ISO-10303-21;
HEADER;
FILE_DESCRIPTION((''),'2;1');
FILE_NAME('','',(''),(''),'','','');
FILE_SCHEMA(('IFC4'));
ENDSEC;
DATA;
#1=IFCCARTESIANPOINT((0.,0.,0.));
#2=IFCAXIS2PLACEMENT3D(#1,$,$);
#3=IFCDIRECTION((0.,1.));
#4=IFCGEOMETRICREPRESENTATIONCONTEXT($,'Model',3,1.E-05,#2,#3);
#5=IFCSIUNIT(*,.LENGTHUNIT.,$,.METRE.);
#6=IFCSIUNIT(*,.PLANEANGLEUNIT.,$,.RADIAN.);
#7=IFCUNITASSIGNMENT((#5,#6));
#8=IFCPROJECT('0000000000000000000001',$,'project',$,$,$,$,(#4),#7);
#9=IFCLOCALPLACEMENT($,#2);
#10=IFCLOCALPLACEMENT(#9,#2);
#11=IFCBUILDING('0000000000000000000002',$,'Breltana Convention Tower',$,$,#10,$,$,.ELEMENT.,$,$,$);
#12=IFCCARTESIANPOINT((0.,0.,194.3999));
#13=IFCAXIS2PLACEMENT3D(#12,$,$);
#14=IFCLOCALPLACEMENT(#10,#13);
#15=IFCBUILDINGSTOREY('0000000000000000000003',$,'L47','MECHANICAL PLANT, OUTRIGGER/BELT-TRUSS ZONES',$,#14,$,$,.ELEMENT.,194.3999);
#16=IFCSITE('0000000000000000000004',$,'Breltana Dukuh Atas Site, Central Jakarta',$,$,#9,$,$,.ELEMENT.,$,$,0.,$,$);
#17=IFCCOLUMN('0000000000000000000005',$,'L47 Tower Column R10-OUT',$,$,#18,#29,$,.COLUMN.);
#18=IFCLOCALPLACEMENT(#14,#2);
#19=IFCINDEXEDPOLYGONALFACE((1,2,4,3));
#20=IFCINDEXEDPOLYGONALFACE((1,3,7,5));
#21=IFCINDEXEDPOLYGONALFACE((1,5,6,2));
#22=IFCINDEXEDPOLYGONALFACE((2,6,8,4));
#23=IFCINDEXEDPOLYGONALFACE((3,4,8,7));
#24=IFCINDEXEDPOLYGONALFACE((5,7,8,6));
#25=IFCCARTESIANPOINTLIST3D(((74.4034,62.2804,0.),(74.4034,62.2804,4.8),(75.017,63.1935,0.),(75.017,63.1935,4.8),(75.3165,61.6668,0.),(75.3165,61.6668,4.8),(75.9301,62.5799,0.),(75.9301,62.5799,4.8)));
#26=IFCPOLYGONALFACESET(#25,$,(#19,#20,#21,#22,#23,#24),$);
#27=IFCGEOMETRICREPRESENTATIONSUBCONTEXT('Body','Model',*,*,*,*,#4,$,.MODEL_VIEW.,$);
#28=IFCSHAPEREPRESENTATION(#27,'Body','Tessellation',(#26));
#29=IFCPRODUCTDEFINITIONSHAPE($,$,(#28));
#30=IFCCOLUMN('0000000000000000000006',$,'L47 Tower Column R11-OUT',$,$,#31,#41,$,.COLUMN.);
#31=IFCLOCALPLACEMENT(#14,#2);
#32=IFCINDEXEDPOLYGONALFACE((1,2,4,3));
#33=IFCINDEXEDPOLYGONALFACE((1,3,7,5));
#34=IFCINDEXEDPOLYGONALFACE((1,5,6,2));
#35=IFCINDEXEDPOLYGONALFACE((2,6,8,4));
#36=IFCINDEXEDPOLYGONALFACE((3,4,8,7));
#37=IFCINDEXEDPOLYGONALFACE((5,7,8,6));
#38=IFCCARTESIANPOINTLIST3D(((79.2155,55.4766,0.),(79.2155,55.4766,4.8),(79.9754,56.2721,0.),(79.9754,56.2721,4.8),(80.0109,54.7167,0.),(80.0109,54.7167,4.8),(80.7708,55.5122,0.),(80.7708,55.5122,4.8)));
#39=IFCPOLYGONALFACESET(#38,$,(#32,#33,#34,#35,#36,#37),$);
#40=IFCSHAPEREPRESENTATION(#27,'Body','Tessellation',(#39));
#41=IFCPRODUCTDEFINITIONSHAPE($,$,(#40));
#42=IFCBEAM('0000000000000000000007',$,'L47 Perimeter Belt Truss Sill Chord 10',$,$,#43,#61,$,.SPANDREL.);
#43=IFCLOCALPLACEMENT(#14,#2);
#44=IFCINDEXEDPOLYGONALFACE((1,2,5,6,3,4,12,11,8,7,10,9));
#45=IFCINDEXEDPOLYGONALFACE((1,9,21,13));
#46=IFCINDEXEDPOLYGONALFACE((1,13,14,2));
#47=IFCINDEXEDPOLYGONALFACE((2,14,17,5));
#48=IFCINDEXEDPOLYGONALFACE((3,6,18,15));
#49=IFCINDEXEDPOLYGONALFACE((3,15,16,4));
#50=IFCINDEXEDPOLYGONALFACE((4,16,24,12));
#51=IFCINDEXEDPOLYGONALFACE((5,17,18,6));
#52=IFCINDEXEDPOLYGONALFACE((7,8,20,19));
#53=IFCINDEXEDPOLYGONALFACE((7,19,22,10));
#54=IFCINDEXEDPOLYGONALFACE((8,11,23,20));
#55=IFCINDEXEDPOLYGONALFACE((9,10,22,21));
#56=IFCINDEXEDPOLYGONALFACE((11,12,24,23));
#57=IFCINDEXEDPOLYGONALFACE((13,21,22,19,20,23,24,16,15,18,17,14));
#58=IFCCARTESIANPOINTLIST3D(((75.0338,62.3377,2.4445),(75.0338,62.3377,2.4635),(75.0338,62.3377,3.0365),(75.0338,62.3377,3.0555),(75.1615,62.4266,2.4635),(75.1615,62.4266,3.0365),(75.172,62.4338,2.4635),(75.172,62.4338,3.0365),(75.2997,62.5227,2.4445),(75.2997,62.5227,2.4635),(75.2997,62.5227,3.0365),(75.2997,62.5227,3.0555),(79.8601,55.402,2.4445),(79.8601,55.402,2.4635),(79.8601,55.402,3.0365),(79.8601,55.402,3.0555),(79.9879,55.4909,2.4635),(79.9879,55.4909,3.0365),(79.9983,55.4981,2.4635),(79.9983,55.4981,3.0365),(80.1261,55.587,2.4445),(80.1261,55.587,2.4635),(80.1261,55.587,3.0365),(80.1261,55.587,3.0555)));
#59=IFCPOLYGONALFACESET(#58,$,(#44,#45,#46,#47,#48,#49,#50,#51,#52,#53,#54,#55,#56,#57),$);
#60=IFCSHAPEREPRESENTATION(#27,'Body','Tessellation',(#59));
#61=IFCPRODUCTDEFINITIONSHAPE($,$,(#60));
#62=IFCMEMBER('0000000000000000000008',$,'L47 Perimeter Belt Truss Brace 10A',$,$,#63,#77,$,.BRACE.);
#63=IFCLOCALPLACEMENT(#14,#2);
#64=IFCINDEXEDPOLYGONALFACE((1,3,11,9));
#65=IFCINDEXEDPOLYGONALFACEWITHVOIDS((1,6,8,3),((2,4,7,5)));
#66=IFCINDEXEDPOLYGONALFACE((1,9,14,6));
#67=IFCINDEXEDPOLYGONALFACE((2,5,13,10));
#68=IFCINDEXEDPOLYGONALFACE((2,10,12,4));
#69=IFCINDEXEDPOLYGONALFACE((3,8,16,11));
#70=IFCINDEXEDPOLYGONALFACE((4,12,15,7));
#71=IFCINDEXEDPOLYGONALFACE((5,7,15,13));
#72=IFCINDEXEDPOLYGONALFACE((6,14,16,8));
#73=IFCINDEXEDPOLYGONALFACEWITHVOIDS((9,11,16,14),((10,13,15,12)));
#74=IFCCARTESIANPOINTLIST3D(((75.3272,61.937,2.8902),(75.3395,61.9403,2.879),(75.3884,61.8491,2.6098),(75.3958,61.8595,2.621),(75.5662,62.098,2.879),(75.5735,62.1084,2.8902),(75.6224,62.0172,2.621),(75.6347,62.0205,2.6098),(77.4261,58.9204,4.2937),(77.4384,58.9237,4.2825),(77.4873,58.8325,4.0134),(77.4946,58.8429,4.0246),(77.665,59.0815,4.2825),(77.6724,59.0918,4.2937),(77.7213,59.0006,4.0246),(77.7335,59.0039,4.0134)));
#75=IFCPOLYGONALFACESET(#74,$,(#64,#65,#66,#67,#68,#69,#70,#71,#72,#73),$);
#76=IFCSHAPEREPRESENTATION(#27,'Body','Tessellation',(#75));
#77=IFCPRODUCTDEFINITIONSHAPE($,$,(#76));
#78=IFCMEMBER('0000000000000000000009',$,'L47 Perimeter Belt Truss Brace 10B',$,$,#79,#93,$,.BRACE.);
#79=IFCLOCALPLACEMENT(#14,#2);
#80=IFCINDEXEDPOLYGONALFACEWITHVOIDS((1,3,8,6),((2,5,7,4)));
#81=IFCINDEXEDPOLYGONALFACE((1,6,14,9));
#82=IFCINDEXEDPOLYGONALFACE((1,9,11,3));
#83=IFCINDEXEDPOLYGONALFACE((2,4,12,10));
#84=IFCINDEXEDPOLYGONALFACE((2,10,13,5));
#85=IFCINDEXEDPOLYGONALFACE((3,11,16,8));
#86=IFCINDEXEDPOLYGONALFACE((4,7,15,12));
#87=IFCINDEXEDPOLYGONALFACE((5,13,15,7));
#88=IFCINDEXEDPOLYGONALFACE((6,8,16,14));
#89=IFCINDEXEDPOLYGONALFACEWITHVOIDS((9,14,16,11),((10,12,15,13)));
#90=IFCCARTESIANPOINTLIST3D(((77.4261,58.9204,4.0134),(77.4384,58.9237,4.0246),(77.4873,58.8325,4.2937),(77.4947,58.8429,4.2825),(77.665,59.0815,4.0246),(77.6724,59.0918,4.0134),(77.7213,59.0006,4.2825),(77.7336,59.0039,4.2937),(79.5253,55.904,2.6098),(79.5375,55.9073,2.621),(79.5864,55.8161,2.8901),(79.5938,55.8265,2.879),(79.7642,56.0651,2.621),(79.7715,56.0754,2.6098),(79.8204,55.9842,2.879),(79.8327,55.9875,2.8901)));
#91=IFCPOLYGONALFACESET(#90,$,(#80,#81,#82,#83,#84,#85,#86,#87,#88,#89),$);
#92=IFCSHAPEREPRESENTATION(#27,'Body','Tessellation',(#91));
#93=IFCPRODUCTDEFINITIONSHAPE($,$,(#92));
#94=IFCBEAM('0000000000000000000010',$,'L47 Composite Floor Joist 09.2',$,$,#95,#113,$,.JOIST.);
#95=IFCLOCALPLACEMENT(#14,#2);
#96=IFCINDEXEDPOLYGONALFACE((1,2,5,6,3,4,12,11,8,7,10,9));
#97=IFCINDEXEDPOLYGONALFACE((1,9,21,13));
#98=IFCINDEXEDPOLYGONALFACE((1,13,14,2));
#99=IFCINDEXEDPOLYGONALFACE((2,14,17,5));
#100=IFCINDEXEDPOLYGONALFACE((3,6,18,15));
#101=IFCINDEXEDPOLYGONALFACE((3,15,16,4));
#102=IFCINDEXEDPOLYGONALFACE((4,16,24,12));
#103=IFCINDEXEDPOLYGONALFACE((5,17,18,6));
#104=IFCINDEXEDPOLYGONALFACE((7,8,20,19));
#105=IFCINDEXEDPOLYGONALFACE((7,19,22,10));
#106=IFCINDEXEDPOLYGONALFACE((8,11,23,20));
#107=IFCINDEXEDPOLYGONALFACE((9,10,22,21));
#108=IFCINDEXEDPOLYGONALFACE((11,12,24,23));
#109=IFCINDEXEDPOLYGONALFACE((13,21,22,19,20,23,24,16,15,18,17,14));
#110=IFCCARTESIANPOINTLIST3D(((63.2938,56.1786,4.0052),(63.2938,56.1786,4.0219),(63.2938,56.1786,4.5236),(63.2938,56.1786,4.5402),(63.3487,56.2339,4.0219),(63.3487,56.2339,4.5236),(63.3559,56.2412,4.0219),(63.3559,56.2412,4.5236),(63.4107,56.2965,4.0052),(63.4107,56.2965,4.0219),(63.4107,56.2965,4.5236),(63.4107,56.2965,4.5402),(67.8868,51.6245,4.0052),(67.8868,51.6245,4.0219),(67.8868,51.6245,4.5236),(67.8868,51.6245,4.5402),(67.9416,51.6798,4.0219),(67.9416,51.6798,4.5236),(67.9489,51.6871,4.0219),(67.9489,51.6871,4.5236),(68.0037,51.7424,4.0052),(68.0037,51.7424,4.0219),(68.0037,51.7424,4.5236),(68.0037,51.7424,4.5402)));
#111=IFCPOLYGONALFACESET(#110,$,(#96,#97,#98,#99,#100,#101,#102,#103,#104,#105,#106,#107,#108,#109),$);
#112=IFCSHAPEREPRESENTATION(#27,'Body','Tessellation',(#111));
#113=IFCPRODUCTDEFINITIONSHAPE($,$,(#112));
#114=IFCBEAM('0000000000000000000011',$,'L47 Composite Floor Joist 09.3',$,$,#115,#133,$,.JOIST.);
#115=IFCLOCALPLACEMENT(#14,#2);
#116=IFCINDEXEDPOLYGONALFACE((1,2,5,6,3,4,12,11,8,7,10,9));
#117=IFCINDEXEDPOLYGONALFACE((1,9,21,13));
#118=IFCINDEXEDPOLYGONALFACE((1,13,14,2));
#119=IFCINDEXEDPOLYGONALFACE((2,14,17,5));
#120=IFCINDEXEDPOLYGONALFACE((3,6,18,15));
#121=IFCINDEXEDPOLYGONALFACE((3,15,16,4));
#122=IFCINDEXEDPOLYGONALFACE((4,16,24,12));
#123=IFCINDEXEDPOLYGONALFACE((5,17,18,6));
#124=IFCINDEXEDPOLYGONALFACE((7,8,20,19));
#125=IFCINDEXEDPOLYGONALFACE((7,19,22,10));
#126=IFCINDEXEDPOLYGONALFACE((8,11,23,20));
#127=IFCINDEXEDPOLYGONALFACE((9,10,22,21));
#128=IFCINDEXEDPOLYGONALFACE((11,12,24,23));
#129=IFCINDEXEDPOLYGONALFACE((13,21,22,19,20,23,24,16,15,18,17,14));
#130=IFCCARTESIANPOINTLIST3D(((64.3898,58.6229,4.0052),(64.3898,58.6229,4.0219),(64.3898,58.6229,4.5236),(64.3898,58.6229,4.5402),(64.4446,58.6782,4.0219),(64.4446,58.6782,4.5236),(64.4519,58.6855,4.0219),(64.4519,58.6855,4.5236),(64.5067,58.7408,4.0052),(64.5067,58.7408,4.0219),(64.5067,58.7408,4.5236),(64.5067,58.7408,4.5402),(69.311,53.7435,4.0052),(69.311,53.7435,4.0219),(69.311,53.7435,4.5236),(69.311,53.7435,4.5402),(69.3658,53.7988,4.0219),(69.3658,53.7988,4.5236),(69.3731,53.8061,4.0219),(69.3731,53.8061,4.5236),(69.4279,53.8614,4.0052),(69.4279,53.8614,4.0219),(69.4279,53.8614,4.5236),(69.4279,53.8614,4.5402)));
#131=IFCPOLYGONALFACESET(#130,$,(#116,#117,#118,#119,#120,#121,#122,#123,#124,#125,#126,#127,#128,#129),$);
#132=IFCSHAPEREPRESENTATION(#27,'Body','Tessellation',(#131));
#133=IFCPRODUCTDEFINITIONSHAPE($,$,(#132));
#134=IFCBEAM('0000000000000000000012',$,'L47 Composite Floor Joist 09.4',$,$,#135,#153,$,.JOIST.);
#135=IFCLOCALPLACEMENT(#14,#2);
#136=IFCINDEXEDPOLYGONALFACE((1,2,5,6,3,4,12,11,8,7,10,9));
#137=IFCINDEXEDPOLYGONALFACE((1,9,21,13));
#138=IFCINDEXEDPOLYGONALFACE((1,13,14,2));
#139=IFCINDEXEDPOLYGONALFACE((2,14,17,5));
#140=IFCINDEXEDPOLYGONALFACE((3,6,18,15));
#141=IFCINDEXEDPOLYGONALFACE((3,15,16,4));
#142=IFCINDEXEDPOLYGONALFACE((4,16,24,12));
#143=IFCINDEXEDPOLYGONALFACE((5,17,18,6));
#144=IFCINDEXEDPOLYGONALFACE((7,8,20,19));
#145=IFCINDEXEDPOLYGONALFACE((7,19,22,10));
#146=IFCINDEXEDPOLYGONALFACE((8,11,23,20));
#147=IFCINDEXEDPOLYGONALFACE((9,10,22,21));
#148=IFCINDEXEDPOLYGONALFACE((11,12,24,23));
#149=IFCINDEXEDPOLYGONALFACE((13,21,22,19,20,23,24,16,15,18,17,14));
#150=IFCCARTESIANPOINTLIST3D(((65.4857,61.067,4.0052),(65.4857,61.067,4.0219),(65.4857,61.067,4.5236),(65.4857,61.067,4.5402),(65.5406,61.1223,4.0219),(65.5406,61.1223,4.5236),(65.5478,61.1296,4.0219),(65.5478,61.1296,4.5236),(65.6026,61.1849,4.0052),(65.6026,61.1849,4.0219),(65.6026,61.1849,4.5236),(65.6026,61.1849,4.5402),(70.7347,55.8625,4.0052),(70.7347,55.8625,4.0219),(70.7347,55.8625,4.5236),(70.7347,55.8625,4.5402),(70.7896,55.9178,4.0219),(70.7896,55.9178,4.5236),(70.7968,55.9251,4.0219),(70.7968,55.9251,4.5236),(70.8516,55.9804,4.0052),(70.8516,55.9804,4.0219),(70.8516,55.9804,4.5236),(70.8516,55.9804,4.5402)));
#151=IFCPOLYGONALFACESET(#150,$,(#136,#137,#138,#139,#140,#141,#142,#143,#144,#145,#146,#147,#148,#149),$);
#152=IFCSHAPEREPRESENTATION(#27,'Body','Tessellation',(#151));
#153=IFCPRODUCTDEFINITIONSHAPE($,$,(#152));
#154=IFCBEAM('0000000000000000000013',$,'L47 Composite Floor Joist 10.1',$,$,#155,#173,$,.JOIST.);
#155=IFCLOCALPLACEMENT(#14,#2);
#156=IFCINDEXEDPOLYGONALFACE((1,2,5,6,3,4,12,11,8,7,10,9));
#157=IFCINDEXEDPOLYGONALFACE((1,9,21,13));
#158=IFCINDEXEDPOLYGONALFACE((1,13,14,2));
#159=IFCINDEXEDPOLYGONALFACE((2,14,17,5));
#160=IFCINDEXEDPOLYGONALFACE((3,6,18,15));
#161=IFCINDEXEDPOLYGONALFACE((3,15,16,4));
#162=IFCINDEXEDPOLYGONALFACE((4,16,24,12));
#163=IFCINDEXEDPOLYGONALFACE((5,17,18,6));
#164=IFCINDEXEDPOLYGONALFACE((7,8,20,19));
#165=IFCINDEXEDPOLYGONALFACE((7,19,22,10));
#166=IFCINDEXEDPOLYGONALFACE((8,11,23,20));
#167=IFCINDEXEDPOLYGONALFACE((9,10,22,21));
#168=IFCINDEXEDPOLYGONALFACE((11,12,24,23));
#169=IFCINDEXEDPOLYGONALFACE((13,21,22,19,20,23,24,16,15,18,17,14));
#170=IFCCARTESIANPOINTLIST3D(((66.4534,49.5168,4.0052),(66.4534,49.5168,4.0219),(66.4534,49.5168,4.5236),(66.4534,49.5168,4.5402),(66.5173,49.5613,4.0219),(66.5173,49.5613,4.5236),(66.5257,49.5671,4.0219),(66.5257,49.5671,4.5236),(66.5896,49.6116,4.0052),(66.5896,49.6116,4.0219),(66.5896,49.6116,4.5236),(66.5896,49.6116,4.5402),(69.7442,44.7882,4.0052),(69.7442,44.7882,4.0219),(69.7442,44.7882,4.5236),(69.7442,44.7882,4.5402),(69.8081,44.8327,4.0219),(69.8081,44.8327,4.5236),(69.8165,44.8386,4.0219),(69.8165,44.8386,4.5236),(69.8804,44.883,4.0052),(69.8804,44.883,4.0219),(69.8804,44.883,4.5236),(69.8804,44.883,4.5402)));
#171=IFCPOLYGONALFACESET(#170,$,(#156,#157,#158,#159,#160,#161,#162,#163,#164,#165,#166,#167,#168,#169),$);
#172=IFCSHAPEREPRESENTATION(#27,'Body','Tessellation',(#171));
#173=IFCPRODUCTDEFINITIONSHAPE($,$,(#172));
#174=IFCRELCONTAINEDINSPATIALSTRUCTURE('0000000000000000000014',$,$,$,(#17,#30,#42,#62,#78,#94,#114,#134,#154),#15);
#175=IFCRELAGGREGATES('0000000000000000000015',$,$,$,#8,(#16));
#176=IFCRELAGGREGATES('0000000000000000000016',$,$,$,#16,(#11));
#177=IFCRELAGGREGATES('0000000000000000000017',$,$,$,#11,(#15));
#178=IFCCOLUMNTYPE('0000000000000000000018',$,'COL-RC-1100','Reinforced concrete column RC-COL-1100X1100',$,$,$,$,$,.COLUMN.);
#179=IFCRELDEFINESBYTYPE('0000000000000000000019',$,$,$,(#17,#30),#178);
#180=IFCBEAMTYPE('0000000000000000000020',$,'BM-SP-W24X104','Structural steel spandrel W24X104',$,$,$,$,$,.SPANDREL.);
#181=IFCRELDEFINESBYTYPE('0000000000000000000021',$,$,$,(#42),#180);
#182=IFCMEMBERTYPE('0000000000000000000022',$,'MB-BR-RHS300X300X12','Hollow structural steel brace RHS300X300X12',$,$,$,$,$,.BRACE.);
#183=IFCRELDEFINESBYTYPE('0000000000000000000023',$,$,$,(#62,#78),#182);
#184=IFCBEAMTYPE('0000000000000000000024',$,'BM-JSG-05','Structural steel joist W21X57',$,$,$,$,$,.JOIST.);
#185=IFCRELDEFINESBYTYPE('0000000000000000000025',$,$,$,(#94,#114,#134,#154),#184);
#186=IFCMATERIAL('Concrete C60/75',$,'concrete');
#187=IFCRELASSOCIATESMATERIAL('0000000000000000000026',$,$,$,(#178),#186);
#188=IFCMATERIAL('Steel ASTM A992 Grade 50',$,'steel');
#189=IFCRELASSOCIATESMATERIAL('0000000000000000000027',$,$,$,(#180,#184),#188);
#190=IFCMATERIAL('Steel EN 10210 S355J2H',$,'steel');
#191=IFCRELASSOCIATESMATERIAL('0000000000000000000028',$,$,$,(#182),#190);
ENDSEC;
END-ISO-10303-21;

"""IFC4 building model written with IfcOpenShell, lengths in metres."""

from ifc_helpers import new_model, si_unit, direction, frame, origin, origin_2d, place, context, subcontext, project, spatial, rectangle, hollow_rectangle, i_section, extrude, source, transform, mapped, material, material_profile, profile_set, type_object, element, save


model = new_model("IFC4")

# Units and contexts
model_context = context("Model", 3, precision=1e-05, world=origin(), true_north=direction((0.0, 1.0)))
body_context = subcontext(model_context, "Body", "Model", "MODEL_VIEW")
ifc_project = project(units=[si_unit("LENGTHUNIT", "METRE"), si_unit("PLANEANGLEUNIT", "RADIAN")], contexts=[model_context])

# Site, building, storey
site_placement = place(None, origin())
site = spatial("IfcSite", under=ifc_project, at=site_placement, Name="Breltana Dukuh Atas Site, Central Jakarta", CompositionType="ELEMENT", RefElevation=0.0)
building_placement = place(site_placement, origin())
building = spatial("IfcBuilding", under=site, at=building_placement, Name="Breltana Convention Tower", CompositionType="ELEMENT")
storey_placement = place(building_placement, frame((0.0, 0.0, 194.3999)))
storey = spatial("IfcBuildingStorey", under=building, at=storey_placement, Name="L47", Description="MECHANICAL PLANT, OUTRIGGER/BELT-TRUSS ZONES", CompositionType="ELEMENT", Elevation=194.3999)

# Columns
ifc_material_1 = material(Name="Concrete C60/75", Category="concrete")
ifc_material_profile_1 = material_profile(ifc_material_1, rectangle(XDim=1.1001, YDim=1.1001, at=origin_2d()), Name="RC-COL-1100X1100")
ifc_profile_set_1 = profile_set([ifc_material_profile_1], Name="Concrete C60/75")
column_type = type_object("IfcColumnType", Name="COL-RC-1100", Description="Reinforced concrete column RC-COL-1100X1100", PredefinedType="COLUMN", material=ifc_profile_set_1)
shared_shape_1 = source(origin(), body_context, "Body", "SweptSolid", [
    extrude(rectangle(XDim=1.1001, YDim=1.1001, at=origin_2d()), origin(), (0.0, 0.0, 1.0), 4.8),
])
for number, where, z_axis, x_axis, name in (
    (1, (75.1667, 62.4302, 0.0), (0.0, 0.0, 1.0), (0.557745, 0.830012, 0.0), "L47 Tower Column R10-OUT"),
    (2, (79.9932, 55.4944, 0.0), (0.0, 0.0, 1.0), (0.690756, 0.723088, 0.0), "L47 Tower Column R11-OUT"),
):
    element("IfcColumn", number, at=place(storey_placement, frame(where, z_axis=z_axis, x_axis=x_axis)), inside=storey, type_object=column_type, Name=name, PredefinedType="COLUMN", context=body_context, shape_type="MappedRepresentation", body=[
        mapped(shared_shape_1, transform((0.0, 0.0, 0.0), scale=1.0)),
    ])

# Beam
ifc_material_2 = material(Name="Steel ASTM A992 Grade 50", Category="steel")
ifc_material_profile_2 = material_profile(ifc_material_2, i_section(OverallWidth=0.324, OverallDepth=0.6111, WebThickness=0.0127, FlangeThickness=0.019, at=origin_2d()), Name="W24X104")
ifc_profile_set_2 = profile_set([ifc_material_profile_2], Name="Steel ASTM A992 Grade 50")
beam_type_1 = type_object("IfcBeamType", Name="BM-SP-W24X104", Description="Structural steel spandrel W24X104", PredefinedType="SPANDREL", material=ifc_profile_set_2)
shared_shape_2 = source(origin(), body_context, "Body", "SweptSolid", [
    extrude(i_section(OverallWidth=0.324, OverallDepth=0.6111, WebThickness=0.0127, FlangeThickness=0.019, at=origin_2d()), origin(), (0.0, 0.0, 1.0), 8.4497),
])
beam_1_placement = place(storey_placement, frame((75.1667, 62.4302, 2.75), z_axis=(0.571186, -0.820821, 0.0), x_axis=(0.820821, 0.571186, 0.0)))
element("IfcBeam", 3, at=beam_1_placement, inside=storey, type_object=beam_type_1, Name="L47 Perimeter Belt Truss Sill Chord 10", PredefinedType="SPANDREL", context=body_context, shape_type="MappedRepresentation", body=[
    mapped(shared_shape_2, transform((0.0, 0.0, 0.0), scale=1.0)),
])

# Members
ifc_material_3 = material(Name="Steel EN 10210 S355J2H", Category="steel")
ifc_material_profile_3 = material_profile(ifc_material_3, hollow_rectangle(XDim=0.3, YDim=0.3, WallThickness=0.012, at=origin_2d()), Name="RHS300X300X12")
ifc_profile_set_3 = profile_set([ifc_material_profile_3], Name="Steel EN 10210 S355J2H")
member_type = type_object("IfcMemberType", Name="MB-BR-RHS300X300X12", Description="Hollow structural steel brace RHS300X300X12", PredefinedType="BRACE", material=ifc_profile_set_3)
shared_shape_3 = source(origin(), body_context, "Body", "SweptSolid", [
    extrude(hollow_rectangle(XDim=0.3, YDim=0.3, WallThickness=0.012, at=origin_2d()), origin(), (0.0, 0.0, 1.0), 3.9338),
])
for number, where, z_axis, x_axis, name in (
    (4, (75.481, 61.9788, 2.75), (0.533543, -0.766832, 0.356792), (0.820858, 0.571133, 0.0), "L47 Perimeter Belt Truss Brace 10A"),
    (5, (77.5798, 58.9622, 4.1536), (0.533613, -0.766781, -0.356797), (0.820805, 0.571209, 0.0), "L47 Perimeter Belt Truss Brace 10B"),
):
    element("IfcMember", number, at=place(storey_placement, frame(where, z_axis=z_axis, x_axis=x_axis)), inside=storey, type_object=member_type, Name=name, PredefinedType="BRACE", context=body_context, shape_type="MappedRepresentation", body=[
        mapped(shared_shape_3, transform((0.0, 0.0, 0.0), scale=1.0)),
    ])

# Beams
ifc_material_profile_4 = material_profile(ifc_material_2, i_section(OverallWidth=0.166, OverallDepth=0.5349, WebThickness=0.0103, FlangeThickness=0.0166, at=origin_2d()), Name="W21X57")
ifc_profile_set_4 = profile_set([ifc_material_profile_4], Name="Steel ASTM A992 Grade 50")
beam_type_2 = type_object("IfcBeamType", Name="BM-JSG-05", Description="Structural steel joist W21X57", PredefinedType="JOIST", material=ifc_profile_set_4)
shared_shape_4 = source(origin(), body_context, "Body", "SweptSolid", [
    extrude(i_section(OverallWidth=0.166, OverallDepth=0.5349, WebThickness=0.0103, FlangeThickness=0.0166, at=origin_2d()), origin(), (0.0, 0.0, 1.0), 6.468),
])
beam_2_placement = place(storey_placement, frame((63.3523, 56.2375, 4.2727), z_axis=(0.710101, -0.7041, 0.0), x_axis=(0.7041, 0.710101, 0.0)))
element("IfcBeam", 6, at=beam_2_placement, inside=storey, type_object=beam_type_2, Name="L47 Composite Floor Joist 09.2", PredefinedType="JOIST", context=body_context, shape_type="MappedRepresentation", body=[
    mapped(shared_shape_4, transform((0.0, 0.0, 0.0), scale=1.0)),
])
shared_shape_5 = source(origin(), body_context, "Body", "SweptSolid", [
    extrude(i_section(OverallWidth=0.166, OverallDepth=0.5349, WebThickness=0.0103, FlangeThickness=0.0166, at=origin_2d()), origin(), (0.0, 0.0, 1.0), 6.9302),
])
beam_3_placement = place(storey_placement, frame((64.4482, 58.6819, 4.2727), z_axis=(0.710112, -0.704088, 0.0), x_axis=(0.704088, 0.710112, 0.0)))
element("IfcBeam", 7, at=beam_3_placement, inside=storey, type_object=beam_type_2, Name="L47 Composite Floor Joist 09.3", PredefinedType="JOIST", context=body_context, shape_type="MappedRepresentation", body=[
    mapped(shared_shape_5, transform((0.0, 0.0, 0.0), scale=1.0)),
])
shared_shape_6 = source(origin(), body_context, "Body", "SweptSolid", [
    extrude(i_section(OverallWidth=0.166, OverallDepth=0.5349, WebThickness=0.0103, FlangeThickness=0.0166, at=origin_2d()), origin(), (0.0, 0.0, 1.0), 7.3918),
])
beam_4_placement = place(storey_placement, frame((65.5442, 61.126, 4.2727), z_axis=(0.710106, -0.704095, 0.0), x_axis=(0.704095, 0.710106, 0.0)))
element("IfcBeam", 8, at=beam_4_placement, inside=storey, type_object=beam_type_2, Name="L47 Composite Floor Joist 09.4", PredefinedType="JOIST", context=body_context, shape_type="MappedRepresentation", body=[
    mapped(shared_shape_6, transform((0.0, 0.0, 0.0), scale=1.0)),
])
shared_shape_7 = source(origin(), body_context, "Body", "SweptSolid", [
    extrude(i_section(OverallWidth=0.166, OverallDepth=0.5349, WebThickness=0.0103, FlangeThickness=0.0166, at=origin_2d()), origin(), (0.0, 0.0, 1.0), 5.761),
])
beam_5_placement = place(storey_placement, frame((66.5215, 49.5642, 4.2727), z_axis=(0.571225, -0.820794, 0.0), x_axis=(0.820794, 0.571225, 0.0)))
element("IfcBeam", 9, at=beam_5_placement, inside=storey, type_object=beam_type_2, Name="L47 Composite Floor Joist 10.1", PredefinedType="JOIST", context=body_context, shape_type="MappedRepresentation", body=[
    mapped(shared_shape_7, transform((0.0, 0.0, 0.0), scale=1.0)),
])

save(model, "model.ifc")
